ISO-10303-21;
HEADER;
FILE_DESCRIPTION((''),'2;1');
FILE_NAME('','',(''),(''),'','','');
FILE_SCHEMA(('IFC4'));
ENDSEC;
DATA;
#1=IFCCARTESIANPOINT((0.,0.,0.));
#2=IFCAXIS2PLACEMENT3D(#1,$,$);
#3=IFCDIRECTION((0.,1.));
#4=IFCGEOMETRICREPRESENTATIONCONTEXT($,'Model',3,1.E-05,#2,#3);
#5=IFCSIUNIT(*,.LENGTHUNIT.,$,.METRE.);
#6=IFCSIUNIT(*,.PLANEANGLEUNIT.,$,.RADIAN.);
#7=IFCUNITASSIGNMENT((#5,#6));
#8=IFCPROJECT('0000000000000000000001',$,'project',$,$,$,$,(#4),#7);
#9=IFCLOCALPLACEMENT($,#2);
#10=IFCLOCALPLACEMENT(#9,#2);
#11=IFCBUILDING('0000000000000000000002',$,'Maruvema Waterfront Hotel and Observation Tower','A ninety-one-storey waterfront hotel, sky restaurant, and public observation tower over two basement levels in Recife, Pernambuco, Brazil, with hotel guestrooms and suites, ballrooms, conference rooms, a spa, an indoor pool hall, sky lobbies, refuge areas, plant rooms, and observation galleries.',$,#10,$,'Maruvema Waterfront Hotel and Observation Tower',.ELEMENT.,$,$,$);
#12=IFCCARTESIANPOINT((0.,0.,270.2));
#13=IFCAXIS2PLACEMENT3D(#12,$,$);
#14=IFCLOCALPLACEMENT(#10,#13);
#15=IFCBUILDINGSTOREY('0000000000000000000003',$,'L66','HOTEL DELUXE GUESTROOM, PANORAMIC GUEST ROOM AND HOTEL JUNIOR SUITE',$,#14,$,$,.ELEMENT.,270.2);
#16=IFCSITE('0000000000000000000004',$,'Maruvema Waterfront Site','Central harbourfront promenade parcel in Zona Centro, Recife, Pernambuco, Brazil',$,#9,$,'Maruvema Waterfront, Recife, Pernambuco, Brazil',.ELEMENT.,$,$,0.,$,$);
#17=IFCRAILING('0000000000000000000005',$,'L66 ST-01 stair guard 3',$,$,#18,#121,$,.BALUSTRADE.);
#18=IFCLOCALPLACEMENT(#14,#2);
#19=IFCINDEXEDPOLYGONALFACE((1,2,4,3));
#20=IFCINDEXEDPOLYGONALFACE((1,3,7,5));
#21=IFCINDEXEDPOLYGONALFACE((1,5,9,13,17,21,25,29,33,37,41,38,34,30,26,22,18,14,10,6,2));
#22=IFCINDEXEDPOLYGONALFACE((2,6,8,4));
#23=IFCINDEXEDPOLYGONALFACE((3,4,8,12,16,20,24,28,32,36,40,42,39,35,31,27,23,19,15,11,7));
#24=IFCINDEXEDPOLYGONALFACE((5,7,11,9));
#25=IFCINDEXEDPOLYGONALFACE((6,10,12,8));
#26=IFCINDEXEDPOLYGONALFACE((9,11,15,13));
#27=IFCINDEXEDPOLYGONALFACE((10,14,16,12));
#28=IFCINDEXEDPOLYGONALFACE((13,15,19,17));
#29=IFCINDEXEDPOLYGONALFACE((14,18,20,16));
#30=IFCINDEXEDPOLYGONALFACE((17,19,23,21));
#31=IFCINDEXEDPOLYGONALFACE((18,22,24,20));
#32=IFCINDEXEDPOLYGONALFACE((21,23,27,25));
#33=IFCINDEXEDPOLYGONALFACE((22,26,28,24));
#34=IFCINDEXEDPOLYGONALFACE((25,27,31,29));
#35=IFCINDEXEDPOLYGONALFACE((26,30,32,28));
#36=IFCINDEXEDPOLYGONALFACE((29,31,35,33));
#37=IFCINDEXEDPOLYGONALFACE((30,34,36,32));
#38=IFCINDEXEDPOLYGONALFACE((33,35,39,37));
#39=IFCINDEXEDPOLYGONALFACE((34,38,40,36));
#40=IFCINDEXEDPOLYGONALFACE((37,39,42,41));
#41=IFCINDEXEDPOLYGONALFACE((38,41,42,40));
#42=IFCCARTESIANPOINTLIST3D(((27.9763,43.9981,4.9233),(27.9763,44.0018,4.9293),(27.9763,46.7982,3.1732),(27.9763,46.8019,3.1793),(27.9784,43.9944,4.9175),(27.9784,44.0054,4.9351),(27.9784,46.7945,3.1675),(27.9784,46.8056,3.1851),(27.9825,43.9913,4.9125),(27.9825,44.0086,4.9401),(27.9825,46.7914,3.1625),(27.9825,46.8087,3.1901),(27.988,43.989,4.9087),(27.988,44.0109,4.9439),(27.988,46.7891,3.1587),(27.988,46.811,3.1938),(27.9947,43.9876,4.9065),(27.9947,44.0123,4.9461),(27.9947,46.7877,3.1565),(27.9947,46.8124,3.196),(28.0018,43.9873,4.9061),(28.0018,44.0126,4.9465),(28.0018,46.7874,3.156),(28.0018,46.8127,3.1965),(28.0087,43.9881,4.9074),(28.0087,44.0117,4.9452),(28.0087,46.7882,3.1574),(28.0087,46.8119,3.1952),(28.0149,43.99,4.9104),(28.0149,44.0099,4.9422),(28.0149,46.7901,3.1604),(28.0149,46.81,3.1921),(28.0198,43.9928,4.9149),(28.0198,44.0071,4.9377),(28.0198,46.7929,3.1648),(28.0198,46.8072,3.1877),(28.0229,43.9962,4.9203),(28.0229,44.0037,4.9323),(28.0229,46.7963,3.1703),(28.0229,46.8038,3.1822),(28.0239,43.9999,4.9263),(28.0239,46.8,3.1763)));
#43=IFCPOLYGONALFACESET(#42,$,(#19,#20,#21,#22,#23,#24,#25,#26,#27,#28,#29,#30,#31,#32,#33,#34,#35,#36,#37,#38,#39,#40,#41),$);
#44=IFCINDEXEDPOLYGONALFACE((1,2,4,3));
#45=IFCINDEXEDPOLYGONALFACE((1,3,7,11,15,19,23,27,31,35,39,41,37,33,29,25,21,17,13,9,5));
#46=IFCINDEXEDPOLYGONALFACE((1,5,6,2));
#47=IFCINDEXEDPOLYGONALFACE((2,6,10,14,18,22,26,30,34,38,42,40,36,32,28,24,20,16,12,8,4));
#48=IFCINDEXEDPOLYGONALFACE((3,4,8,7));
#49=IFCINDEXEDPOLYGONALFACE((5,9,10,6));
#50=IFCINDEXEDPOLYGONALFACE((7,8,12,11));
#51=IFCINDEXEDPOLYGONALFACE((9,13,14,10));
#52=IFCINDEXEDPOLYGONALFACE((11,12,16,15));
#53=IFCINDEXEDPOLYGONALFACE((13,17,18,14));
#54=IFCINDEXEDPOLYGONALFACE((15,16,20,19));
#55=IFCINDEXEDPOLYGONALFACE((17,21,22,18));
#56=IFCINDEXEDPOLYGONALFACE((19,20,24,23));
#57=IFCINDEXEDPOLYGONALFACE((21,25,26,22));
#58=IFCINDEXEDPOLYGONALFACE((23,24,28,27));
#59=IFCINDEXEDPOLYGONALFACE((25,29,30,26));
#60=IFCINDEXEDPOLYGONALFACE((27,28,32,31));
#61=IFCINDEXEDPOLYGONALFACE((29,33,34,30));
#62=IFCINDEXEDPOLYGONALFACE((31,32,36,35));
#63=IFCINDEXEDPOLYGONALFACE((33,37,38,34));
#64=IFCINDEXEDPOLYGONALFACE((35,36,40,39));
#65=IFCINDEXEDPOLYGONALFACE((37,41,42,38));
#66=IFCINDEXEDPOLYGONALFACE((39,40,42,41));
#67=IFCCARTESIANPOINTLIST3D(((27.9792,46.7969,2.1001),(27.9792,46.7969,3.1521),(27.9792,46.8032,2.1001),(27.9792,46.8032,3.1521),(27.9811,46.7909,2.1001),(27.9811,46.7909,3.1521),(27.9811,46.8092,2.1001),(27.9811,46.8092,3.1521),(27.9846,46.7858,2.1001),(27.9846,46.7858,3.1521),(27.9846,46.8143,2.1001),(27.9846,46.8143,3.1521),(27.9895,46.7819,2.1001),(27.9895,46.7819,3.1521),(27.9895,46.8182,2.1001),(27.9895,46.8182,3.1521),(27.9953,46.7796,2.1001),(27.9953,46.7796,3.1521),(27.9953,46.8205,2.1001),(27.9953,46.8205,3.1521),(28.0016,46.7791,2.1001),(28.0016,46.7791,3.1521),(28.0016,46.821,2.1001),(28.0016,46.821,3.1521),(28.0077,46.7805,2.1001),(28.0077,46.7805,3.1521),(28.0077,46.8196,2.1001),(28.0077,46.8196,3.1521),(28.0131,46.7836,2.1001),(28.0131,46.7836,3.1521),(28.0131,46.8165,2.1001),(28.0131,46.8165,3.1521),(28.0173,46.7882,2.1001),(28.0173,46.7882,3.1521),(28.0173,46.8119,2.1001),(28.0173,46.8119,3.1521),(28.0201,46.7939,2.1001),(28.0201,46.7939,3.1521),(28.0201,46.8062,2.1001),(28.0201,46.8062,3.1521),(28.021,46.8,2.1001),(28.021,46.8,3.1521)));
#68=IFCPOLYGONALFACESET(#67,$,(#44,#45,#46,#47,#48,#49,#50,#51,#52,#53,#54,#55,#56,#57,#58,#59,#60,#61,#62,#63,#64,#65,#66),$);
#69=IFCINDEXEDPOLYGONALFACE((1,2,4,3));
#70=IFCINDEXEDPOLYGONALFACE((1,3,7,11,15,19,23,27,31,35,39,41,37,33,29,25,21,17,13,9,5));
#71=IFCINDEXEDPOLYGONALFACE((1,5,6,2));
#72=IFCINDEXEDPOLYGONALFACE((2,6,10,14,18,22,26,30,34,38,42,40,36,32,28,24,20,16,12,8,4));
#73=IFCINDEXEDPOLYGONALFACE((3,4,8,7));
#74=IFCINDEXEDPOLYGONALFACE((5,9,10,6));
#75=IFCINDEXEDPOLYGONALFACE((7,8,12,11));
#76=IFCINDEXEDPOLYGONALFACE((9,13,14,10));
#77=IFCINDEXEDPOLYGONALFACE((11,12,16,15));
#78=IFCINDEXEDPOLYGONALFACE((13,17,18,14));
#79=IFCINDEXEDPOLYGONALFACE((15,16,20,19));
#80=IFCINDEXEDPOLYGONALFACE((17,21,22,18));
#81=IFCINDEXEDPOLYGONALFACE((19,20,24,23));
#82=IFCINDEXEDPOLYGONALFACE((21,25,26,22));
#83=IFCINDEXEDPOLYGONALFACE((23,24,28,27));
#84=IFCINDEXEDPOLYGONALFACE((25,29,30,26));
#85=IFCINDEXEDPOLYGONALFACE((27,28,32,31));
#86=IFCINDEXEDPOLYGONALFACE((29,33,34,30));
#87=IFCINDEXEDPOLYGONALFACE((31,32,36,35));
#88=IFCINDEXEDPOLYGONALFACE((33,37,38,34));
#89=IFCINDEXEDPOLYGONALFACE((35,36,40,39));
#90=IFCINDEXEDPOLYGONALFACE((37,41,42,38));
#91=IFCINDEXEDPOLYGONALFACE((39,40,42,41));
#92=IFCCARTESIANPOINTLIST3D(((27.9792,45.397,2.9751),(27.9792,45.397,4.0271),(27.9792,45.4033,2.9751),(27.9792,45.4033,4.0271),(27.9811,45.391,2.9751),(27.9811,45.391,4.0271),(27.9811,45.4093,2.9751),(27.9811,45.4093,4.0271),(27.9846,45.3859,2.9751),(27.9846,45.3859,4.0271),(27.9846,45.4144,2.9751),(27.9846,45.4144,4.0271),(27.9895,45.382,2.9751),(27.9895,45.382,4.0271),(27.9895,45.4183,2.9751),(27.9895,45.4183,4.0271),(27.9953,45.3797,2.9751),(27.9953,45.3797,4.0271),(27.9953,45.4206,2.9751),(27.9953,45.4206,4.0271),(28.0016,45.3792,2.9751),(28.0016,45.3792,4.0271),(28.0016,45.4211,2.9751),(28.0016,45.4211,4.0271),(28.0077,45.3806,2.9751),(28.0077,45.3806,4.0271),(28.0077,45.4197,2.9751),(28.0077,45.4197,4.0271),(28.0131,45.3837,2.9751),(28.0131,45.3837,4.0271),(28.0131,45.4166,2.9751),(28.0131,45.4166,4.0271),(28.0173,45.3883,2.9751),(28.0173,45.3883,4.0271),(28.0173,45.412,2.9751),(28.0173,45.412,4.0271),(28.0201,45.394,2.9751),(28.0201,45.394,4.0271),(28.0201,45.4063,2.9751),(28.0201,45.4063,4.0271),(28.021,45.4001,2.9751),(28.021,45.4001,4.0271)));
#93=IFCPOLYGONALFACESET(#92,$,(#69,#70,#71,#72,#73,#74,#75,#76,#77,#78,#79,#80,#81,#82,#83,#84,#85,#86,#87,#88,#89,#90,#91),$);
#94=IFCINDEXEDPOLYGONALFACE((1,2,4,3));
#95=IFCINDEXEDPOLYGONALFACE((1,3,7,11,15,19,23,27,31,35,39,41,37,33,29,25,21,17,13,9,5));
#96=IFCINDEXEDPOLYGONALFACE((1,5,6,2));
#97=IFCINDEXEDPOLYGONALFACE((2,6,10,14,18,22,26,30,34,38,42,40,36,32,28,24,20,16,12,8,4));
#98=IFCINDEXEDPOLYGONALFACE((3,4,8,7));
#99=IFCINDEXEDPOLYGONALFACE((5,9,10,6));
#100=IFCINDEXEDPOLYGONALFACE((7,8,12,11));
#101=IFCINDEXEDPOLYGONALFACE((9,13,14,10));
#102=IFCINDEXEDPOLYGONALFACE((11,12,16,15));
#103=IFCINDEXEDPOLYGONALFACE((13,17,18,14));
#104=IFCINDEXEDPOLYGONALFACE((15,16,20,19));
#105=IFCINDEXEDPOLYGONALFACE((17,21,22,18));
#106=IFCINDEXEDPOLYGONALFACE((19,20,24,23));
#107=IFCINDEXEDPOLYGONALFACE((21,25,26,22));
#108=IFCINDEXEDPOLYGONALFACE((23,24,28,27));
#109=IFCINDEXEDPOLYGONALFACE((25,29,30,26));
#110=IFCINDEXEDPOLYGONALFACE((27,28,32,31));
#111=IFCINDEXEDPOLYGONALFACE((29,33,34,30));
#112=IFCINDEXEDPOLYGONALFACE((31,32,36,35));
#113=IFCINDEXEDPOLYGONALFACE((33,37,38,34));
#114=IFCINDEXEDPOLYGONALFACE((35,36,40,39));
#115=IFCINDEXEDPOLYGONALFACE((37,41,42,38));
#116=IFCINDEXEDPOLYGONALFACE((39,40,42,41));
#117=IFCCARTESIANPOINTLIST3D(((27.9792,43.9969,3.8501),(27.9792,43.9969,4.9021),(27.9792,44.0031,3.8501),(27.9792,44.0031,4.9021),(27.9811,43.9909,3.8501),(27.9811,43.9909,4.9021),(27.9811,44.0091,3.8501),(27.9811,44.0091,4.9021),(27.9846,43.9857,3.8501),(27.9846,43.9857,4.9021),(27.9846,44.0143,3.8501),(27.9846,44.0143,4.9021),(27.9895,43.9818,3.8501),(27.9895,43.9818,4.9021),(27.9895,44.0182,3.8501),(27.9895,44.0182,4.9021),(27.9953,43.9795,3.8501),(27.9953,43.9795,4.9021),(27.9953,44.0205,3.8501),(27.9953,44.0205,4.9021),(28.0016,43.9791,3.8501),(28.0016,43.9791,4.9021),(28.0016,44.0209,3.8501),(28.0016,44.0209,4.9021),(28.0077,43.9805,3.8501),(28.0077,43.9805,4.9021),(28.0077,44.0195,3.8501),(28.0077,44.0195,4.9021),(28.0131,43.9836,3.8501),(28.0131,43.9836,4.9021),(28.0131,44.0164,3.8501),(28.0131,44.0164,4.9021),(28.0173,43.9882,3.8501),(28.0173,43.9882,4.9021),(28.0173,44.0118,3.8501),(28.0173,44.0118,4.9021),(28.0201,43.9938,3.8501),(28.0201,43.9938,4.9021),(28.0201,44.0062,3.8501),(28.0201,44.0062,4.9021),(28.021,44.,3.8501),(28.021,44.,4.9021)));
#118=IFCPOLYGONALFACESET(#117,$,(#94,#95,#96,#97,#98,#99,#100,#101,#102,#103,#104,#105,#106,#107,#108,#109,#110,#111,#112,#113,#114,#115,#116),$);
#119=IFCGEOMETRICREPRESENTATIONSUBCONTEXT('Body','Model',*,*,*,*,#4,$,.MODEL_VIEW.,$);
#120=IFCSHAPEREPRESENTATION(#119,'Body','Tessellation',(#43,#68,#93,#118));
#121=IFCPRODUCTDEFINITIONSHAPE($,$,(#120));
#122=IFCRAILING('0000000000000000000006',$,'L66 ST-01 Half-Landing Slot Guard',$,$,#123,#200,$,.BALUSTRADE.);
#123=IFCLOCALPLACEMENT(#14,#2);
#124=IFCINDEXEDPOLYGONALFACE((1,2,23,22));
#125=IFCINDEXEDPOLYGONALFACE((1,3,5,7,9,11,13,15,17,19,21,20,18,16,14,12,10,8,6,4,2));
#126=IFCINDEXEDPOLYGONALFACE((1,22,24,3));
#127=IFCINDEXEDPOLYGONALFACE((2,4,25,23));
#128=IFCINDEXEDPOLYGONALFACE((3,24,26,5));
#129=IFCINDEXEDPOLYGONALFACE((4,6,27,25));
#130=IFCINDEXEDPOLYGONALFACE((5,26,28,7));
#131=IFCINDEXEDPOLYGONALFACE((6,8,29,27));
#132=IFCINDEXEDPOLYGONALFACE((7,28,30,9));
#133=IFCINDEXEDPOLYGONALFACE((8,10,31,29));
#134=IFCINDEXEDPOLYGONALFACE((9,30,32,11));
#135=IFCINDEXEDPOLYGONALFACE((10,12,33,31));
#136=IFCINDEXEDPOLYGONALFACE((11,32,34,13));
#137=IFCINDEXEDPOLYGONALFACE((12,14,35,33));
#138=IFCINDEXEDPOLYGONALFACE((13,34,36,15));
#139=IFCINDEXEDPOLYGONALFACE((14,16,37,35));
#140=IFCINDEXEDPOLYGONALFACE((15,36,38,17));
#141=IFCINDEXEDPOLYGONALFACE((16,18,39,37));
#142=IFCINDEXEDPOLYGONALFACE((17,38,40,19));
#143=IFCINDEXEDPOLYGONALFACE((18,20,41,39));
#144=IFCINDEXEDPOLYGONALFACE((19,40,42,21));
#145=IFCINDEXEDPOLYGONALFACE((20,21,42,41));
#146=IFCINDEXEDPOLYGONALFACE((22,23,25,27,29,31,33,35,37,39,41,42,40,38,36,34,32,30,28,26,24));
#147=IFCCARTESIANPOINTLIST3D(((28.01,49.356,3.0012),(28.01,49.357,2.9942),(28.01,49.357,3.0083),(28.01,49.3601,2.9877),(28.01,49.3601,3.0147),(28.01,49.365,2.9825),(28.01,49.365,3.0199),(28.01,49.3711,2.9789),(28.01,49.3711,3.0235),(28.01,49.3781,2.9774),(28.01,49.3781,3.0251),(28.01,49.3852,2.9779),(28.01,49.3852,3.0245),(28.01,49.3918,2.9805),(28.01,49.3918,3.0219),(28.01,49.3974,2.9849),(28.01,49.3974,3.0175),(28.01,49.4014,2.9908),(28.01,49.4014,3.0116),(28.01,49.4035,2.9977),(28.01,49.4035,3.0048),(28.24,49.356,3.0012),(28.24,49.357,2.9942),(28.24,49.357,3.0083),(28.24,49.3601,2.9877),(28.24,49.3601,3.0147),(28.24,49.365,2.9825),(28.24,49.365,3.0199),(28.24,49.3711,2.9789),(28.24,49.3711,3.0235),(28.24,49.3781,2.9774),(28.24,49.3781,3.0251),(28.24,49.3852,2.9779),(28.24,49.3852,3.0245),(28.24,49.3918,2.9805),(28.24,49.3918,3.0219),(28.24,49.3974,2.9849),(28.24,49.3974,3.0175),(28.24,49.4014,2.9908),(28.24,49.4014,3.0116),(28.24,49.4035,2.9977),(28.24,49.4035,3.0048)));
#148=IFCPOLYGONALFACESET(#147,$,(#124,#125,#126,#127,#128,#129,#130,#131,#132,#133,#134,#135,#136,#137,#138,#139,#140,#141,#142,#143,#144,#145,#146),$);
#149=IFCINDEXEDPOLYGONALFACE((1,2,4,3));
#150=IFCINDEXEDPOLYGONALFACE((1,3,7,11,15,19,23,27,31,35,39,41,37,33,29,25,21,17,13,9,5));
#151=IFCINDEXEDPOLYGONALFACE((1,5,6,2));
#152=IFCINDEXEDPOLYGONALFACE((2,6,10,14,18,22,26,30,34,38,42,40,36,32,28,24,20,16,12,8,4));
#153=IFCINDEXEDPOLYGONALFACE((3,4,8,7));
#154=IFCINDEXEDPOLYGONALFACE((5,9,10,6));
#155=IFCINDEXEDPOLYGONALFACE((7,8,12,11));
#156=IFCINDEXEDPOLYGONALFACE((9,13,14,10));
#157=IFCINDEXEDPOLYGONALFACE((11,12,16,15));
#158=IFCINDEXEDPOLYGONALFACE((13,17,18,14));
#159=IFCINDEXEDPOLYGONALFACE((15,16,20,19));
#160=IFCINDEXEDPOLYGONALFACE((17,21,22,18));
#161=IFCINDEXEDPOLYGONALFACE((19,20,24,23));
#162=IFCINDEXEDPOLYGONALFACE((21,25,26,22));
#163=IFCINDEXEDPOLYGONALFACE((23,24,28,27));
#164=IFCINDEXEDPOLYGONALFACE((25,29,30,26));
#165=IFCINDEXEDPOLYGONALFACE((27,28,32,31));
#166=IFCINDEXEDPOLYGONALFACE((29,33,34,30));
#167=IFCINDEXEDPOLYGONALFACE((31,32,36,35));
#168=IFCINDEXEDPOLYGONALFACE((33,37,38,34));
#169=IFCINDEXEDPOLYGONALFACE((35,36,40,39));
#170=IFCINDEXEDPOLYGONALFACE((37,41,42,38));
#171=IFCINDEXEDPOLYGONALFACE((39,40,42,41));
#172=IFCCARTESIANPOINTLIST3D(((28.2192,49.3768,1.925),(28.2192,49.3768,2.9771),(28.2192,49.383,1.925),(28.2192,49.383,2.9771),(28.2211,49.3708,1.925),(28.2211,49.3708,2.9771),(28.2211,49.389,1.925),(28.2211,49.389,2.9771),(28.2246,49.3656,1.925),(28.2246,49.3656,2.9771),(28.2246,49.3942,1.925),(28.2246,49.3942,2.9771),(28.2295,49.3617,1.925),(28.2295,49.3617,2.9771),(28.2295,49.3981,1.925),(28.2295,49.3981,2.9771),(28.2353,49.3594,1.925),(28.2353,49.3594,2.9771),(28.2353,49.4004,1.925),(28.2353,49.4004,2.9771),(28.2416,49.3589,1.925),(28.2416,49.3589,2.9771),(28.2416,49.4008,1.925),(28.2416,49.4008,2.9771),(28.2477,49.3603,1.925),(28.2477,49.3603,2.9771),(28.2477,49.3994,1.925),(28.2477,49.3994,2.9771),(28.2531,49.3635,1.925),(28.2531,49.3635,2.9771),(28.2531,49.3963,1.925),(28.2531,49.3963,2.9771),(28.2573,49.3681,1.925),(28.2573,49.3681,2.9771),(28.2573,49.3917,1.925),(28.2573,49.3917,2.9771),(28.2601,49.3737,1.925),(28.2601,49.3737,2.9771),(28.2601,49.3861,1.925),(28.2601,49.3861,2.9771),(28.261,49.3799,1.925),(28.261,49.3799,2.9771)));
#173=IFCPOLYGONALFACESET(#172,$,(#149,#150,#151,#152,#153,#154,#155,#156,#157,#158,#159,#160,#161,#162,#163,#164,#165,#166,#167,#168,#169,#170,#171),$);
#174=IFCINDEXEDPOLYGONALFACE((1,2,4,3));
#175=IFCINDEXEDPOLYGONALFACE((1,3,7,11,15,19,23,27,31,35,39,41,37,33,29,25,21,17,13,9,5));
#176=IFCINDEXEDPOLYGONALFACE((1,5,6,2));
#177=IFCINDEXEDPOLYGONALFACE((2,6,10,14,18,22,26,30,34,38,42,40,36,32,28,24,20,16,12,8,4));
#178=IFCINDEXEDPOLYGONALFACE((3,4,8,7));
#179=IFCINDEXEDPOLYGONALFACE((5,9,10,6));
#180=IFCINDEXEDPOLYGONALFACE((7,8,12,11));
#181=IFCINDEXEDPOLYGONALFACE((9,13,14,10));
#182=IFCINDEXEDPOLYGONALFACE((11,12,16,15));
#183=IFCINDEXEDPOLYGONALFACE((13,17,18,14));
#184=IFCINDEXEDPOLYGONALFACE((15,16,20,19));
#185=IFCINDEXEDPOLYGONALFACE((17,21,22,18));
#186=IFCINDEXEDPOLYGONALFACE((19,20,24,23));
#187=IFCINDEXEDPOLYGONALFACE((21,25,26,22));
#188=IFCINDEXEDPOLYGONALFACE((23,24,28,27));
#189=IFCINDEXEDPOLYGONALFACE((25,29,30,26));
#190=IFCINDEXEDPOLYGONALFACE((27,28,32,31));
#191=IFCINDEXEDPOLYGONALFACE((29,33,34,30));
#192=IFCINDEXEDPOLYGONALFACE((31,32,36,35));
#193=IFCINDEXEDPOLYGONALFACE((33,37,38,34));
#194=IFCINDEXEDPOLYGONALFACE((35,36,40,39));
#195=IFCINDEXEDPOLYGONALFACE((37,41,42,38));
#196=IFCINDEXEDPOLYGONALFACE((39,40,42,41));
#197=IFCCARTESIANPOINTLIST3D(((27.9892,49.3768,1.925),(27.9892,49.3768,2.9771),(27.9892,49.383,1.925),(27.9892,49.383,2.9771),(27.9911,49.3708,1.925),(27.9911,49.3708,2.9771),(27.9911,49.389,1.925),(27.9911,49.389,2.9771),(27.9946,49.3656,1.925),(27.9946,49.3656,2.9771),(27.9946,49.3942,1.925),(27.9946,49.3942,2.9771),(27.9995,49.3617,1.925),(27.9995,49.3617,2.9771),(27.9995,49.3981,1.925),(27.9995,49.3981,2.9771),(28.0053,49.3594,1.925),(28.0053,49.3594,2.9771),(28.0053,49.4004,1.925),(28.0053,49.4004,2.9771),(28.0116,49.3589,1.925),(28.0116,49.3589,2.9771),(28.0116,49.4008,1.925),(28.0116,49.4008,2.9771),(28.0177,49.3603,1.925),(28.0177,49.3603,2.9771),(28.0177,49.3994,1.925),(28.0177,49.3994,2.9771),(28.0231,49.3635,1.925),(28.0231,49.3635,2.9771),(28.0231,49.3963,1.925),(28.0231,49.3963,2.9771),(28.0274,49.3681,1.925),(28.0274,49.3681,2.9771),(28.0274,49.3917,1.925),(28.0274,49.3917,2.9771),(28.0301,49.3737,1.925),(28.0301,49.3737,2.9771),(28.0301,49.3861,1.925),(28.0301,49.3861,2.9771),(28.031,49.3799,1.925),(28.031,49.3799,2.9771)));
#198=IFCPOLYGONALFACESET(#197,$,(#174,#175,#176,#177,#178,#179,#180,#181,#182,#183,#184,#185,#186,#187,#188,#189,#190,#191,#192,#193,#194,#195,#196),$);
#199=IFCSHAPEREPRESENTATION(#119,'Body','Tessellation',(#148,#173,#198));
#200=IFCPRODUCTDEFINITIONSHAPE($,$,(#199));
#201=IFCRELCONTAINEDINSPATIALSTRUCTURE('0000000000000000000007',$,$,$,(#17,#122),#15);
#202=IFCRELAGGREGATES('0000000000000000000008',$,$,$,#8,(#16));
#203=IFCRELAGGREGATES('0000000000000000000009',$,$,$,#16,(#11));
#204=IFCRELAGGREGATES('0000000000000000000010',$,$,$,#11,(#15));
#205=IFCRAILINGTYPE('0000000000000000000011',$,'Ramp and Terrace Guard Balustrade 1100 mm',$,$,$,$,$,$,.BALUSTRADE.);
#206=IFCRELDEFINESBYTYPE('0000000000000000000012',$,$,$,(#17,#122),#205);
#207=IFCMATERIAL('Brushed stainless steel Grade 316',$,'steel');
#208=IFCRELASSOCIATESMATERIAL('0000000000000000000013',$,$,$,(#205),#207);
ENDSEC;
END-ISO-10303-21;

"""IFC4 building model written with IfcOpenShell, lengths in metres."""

from ifc_helpers import new_model, si_unit, direction, frame, origin, origin_2d, place, context, subcontext, project, spatial, circle, extrude, material, type_object, element, save


model = new_model("IFC4")

# Units and contexts
model_context = context("Model", 3, precision=1e-05, world=origin(), true_north=direction((0.0, 1.0)))
body_context = subcontext(model_context, "Body", "Model", "MODEL_VIEW")
ifc_project = project(units=[si_unit("LENGTHUNIT", "METRE"), si_unit("PLANEANGLEUNIT", "RADIAN")], contexts=[model_context])

# Site, building, storey
site_placement = place(None, origin())
site = spatial("IfcSite", under=ifc_project, at=site_placement, Name="Maruvema Waterfront Site", Description="Central harbourfront promenade parcel in Zona Centro, Recife, Pernambuco, Brazil", LongName="Maruvema Waterfront, Recife, Pernambuco, Brazil", CompositionType="ELEMENT", RefElevation=0.0)
building_placement = place(site_placement, origin())
building = spatial("IfcBuilding", under=site, at=building_placement, Name="Maruvema Waterfront Hotel and Observation Tower", Description="A ninety-one-storey waterfront hotel, sky restaurant, and public observation tower over two basement levels in Recife, Pernambuco, Brazil, with hotel guestrooms and suites, ballrooms, conference rooms, a spa, an indoor pool hall, sky lobbies, refuge areas, plant rooms, and observation galleries.", LongName="Maruvema Waterfront Hotel and Observation Tower", CompositionType="ELEMENT")
storey_placement = place(building_placement, frame((0.0, 0.0, 270.2)))
storey = spatial("IfcBuildingStorey", under=building, at=storey_placement, Name="L66", Description="HOTEL DELUXE GUESTROOM, PANORAMIC GUEST ROOM AND HOTEL JUNIOR SUITE", CompositionType="ELEMENT", Elevation=270.2)

# Railings
ifc_material_1 = material(Name="Brushed stainless steel Grade 316", Category="steel")
railing_type_1 = type_object("IfcRailingType", Name="Ramp and Terrace Guard Balustrade 1100 mm", PredefinedType="BALUSTRADE", material=ifc_material_1)
railing_1_placement = place(storey_placement, frame((28.0, 46.8, 2.1001)))
element("IfcRailing", 1, at=railing_1_placement, inside=storey, type_object=railing_type_1, Name="L66 ST-01 stair guard 3", PredefinedType="BALUSTRADE", context=body_context, shape_type="SweptSolid", body=[
    extrude(circle(Radius=0.0239, at=origin_2d()), frame((0.0, 0.0, 1.0762), z_axis=(0.0, -0.848002, 0.529992), x_axis=(1.0, 0.0, 0.0)), (0.0, 0.0, 1.0), 3.302),
    extrude(circle(Radius=0.021, at=origin_2d()), origin(), (0.0, 0.0, 1.0), 1.052),
    extrude(circle(Radius=0.021, at=origin_2d()), frame((0.0, -1.3999, 0.875)), (0.0, 0.0, 1.0), 1.052),
    extrude(circle(Radius=0.021, at=origin_2d()), frame((0.0, -2.8, 1.75)), (0.0, 0.0, 1.0), 1.052),
])
railing_2_placement = place(storey_placement, frame((28.24, 49.3799, 1.925)))
element("IfcRailing", 2, at=railing_2_placement, inside=storey, type_object=railing_type_1, Name="L66 ST-01 Half-Landing Slot Guard", PredefinedType="BALUSTRADE", context=body_context, shape_type="SweptSolid", body=[
    extrude(circle(Radius=0.0239, at=origin_2d()), frame((0.0, 0.0, 1.0762), z_axis=(-1.0, 0.0, 0.0), x_axis=(0.0, -1.0, 0.0)), (0.0, 0.0, 1.0), 0.23),
    extrude(circle(Radius=0.021, at=origin_2d()), origin(), (0.0, 0.0, 1.0), 1.052),
    extrude(circle(Radius=0.021, at=origin_2d()), frame((-0.23, 0.0, 0.0)), (0.0, 0.0, 1.0), 1.052),
])

save(model, "model.ifc")
